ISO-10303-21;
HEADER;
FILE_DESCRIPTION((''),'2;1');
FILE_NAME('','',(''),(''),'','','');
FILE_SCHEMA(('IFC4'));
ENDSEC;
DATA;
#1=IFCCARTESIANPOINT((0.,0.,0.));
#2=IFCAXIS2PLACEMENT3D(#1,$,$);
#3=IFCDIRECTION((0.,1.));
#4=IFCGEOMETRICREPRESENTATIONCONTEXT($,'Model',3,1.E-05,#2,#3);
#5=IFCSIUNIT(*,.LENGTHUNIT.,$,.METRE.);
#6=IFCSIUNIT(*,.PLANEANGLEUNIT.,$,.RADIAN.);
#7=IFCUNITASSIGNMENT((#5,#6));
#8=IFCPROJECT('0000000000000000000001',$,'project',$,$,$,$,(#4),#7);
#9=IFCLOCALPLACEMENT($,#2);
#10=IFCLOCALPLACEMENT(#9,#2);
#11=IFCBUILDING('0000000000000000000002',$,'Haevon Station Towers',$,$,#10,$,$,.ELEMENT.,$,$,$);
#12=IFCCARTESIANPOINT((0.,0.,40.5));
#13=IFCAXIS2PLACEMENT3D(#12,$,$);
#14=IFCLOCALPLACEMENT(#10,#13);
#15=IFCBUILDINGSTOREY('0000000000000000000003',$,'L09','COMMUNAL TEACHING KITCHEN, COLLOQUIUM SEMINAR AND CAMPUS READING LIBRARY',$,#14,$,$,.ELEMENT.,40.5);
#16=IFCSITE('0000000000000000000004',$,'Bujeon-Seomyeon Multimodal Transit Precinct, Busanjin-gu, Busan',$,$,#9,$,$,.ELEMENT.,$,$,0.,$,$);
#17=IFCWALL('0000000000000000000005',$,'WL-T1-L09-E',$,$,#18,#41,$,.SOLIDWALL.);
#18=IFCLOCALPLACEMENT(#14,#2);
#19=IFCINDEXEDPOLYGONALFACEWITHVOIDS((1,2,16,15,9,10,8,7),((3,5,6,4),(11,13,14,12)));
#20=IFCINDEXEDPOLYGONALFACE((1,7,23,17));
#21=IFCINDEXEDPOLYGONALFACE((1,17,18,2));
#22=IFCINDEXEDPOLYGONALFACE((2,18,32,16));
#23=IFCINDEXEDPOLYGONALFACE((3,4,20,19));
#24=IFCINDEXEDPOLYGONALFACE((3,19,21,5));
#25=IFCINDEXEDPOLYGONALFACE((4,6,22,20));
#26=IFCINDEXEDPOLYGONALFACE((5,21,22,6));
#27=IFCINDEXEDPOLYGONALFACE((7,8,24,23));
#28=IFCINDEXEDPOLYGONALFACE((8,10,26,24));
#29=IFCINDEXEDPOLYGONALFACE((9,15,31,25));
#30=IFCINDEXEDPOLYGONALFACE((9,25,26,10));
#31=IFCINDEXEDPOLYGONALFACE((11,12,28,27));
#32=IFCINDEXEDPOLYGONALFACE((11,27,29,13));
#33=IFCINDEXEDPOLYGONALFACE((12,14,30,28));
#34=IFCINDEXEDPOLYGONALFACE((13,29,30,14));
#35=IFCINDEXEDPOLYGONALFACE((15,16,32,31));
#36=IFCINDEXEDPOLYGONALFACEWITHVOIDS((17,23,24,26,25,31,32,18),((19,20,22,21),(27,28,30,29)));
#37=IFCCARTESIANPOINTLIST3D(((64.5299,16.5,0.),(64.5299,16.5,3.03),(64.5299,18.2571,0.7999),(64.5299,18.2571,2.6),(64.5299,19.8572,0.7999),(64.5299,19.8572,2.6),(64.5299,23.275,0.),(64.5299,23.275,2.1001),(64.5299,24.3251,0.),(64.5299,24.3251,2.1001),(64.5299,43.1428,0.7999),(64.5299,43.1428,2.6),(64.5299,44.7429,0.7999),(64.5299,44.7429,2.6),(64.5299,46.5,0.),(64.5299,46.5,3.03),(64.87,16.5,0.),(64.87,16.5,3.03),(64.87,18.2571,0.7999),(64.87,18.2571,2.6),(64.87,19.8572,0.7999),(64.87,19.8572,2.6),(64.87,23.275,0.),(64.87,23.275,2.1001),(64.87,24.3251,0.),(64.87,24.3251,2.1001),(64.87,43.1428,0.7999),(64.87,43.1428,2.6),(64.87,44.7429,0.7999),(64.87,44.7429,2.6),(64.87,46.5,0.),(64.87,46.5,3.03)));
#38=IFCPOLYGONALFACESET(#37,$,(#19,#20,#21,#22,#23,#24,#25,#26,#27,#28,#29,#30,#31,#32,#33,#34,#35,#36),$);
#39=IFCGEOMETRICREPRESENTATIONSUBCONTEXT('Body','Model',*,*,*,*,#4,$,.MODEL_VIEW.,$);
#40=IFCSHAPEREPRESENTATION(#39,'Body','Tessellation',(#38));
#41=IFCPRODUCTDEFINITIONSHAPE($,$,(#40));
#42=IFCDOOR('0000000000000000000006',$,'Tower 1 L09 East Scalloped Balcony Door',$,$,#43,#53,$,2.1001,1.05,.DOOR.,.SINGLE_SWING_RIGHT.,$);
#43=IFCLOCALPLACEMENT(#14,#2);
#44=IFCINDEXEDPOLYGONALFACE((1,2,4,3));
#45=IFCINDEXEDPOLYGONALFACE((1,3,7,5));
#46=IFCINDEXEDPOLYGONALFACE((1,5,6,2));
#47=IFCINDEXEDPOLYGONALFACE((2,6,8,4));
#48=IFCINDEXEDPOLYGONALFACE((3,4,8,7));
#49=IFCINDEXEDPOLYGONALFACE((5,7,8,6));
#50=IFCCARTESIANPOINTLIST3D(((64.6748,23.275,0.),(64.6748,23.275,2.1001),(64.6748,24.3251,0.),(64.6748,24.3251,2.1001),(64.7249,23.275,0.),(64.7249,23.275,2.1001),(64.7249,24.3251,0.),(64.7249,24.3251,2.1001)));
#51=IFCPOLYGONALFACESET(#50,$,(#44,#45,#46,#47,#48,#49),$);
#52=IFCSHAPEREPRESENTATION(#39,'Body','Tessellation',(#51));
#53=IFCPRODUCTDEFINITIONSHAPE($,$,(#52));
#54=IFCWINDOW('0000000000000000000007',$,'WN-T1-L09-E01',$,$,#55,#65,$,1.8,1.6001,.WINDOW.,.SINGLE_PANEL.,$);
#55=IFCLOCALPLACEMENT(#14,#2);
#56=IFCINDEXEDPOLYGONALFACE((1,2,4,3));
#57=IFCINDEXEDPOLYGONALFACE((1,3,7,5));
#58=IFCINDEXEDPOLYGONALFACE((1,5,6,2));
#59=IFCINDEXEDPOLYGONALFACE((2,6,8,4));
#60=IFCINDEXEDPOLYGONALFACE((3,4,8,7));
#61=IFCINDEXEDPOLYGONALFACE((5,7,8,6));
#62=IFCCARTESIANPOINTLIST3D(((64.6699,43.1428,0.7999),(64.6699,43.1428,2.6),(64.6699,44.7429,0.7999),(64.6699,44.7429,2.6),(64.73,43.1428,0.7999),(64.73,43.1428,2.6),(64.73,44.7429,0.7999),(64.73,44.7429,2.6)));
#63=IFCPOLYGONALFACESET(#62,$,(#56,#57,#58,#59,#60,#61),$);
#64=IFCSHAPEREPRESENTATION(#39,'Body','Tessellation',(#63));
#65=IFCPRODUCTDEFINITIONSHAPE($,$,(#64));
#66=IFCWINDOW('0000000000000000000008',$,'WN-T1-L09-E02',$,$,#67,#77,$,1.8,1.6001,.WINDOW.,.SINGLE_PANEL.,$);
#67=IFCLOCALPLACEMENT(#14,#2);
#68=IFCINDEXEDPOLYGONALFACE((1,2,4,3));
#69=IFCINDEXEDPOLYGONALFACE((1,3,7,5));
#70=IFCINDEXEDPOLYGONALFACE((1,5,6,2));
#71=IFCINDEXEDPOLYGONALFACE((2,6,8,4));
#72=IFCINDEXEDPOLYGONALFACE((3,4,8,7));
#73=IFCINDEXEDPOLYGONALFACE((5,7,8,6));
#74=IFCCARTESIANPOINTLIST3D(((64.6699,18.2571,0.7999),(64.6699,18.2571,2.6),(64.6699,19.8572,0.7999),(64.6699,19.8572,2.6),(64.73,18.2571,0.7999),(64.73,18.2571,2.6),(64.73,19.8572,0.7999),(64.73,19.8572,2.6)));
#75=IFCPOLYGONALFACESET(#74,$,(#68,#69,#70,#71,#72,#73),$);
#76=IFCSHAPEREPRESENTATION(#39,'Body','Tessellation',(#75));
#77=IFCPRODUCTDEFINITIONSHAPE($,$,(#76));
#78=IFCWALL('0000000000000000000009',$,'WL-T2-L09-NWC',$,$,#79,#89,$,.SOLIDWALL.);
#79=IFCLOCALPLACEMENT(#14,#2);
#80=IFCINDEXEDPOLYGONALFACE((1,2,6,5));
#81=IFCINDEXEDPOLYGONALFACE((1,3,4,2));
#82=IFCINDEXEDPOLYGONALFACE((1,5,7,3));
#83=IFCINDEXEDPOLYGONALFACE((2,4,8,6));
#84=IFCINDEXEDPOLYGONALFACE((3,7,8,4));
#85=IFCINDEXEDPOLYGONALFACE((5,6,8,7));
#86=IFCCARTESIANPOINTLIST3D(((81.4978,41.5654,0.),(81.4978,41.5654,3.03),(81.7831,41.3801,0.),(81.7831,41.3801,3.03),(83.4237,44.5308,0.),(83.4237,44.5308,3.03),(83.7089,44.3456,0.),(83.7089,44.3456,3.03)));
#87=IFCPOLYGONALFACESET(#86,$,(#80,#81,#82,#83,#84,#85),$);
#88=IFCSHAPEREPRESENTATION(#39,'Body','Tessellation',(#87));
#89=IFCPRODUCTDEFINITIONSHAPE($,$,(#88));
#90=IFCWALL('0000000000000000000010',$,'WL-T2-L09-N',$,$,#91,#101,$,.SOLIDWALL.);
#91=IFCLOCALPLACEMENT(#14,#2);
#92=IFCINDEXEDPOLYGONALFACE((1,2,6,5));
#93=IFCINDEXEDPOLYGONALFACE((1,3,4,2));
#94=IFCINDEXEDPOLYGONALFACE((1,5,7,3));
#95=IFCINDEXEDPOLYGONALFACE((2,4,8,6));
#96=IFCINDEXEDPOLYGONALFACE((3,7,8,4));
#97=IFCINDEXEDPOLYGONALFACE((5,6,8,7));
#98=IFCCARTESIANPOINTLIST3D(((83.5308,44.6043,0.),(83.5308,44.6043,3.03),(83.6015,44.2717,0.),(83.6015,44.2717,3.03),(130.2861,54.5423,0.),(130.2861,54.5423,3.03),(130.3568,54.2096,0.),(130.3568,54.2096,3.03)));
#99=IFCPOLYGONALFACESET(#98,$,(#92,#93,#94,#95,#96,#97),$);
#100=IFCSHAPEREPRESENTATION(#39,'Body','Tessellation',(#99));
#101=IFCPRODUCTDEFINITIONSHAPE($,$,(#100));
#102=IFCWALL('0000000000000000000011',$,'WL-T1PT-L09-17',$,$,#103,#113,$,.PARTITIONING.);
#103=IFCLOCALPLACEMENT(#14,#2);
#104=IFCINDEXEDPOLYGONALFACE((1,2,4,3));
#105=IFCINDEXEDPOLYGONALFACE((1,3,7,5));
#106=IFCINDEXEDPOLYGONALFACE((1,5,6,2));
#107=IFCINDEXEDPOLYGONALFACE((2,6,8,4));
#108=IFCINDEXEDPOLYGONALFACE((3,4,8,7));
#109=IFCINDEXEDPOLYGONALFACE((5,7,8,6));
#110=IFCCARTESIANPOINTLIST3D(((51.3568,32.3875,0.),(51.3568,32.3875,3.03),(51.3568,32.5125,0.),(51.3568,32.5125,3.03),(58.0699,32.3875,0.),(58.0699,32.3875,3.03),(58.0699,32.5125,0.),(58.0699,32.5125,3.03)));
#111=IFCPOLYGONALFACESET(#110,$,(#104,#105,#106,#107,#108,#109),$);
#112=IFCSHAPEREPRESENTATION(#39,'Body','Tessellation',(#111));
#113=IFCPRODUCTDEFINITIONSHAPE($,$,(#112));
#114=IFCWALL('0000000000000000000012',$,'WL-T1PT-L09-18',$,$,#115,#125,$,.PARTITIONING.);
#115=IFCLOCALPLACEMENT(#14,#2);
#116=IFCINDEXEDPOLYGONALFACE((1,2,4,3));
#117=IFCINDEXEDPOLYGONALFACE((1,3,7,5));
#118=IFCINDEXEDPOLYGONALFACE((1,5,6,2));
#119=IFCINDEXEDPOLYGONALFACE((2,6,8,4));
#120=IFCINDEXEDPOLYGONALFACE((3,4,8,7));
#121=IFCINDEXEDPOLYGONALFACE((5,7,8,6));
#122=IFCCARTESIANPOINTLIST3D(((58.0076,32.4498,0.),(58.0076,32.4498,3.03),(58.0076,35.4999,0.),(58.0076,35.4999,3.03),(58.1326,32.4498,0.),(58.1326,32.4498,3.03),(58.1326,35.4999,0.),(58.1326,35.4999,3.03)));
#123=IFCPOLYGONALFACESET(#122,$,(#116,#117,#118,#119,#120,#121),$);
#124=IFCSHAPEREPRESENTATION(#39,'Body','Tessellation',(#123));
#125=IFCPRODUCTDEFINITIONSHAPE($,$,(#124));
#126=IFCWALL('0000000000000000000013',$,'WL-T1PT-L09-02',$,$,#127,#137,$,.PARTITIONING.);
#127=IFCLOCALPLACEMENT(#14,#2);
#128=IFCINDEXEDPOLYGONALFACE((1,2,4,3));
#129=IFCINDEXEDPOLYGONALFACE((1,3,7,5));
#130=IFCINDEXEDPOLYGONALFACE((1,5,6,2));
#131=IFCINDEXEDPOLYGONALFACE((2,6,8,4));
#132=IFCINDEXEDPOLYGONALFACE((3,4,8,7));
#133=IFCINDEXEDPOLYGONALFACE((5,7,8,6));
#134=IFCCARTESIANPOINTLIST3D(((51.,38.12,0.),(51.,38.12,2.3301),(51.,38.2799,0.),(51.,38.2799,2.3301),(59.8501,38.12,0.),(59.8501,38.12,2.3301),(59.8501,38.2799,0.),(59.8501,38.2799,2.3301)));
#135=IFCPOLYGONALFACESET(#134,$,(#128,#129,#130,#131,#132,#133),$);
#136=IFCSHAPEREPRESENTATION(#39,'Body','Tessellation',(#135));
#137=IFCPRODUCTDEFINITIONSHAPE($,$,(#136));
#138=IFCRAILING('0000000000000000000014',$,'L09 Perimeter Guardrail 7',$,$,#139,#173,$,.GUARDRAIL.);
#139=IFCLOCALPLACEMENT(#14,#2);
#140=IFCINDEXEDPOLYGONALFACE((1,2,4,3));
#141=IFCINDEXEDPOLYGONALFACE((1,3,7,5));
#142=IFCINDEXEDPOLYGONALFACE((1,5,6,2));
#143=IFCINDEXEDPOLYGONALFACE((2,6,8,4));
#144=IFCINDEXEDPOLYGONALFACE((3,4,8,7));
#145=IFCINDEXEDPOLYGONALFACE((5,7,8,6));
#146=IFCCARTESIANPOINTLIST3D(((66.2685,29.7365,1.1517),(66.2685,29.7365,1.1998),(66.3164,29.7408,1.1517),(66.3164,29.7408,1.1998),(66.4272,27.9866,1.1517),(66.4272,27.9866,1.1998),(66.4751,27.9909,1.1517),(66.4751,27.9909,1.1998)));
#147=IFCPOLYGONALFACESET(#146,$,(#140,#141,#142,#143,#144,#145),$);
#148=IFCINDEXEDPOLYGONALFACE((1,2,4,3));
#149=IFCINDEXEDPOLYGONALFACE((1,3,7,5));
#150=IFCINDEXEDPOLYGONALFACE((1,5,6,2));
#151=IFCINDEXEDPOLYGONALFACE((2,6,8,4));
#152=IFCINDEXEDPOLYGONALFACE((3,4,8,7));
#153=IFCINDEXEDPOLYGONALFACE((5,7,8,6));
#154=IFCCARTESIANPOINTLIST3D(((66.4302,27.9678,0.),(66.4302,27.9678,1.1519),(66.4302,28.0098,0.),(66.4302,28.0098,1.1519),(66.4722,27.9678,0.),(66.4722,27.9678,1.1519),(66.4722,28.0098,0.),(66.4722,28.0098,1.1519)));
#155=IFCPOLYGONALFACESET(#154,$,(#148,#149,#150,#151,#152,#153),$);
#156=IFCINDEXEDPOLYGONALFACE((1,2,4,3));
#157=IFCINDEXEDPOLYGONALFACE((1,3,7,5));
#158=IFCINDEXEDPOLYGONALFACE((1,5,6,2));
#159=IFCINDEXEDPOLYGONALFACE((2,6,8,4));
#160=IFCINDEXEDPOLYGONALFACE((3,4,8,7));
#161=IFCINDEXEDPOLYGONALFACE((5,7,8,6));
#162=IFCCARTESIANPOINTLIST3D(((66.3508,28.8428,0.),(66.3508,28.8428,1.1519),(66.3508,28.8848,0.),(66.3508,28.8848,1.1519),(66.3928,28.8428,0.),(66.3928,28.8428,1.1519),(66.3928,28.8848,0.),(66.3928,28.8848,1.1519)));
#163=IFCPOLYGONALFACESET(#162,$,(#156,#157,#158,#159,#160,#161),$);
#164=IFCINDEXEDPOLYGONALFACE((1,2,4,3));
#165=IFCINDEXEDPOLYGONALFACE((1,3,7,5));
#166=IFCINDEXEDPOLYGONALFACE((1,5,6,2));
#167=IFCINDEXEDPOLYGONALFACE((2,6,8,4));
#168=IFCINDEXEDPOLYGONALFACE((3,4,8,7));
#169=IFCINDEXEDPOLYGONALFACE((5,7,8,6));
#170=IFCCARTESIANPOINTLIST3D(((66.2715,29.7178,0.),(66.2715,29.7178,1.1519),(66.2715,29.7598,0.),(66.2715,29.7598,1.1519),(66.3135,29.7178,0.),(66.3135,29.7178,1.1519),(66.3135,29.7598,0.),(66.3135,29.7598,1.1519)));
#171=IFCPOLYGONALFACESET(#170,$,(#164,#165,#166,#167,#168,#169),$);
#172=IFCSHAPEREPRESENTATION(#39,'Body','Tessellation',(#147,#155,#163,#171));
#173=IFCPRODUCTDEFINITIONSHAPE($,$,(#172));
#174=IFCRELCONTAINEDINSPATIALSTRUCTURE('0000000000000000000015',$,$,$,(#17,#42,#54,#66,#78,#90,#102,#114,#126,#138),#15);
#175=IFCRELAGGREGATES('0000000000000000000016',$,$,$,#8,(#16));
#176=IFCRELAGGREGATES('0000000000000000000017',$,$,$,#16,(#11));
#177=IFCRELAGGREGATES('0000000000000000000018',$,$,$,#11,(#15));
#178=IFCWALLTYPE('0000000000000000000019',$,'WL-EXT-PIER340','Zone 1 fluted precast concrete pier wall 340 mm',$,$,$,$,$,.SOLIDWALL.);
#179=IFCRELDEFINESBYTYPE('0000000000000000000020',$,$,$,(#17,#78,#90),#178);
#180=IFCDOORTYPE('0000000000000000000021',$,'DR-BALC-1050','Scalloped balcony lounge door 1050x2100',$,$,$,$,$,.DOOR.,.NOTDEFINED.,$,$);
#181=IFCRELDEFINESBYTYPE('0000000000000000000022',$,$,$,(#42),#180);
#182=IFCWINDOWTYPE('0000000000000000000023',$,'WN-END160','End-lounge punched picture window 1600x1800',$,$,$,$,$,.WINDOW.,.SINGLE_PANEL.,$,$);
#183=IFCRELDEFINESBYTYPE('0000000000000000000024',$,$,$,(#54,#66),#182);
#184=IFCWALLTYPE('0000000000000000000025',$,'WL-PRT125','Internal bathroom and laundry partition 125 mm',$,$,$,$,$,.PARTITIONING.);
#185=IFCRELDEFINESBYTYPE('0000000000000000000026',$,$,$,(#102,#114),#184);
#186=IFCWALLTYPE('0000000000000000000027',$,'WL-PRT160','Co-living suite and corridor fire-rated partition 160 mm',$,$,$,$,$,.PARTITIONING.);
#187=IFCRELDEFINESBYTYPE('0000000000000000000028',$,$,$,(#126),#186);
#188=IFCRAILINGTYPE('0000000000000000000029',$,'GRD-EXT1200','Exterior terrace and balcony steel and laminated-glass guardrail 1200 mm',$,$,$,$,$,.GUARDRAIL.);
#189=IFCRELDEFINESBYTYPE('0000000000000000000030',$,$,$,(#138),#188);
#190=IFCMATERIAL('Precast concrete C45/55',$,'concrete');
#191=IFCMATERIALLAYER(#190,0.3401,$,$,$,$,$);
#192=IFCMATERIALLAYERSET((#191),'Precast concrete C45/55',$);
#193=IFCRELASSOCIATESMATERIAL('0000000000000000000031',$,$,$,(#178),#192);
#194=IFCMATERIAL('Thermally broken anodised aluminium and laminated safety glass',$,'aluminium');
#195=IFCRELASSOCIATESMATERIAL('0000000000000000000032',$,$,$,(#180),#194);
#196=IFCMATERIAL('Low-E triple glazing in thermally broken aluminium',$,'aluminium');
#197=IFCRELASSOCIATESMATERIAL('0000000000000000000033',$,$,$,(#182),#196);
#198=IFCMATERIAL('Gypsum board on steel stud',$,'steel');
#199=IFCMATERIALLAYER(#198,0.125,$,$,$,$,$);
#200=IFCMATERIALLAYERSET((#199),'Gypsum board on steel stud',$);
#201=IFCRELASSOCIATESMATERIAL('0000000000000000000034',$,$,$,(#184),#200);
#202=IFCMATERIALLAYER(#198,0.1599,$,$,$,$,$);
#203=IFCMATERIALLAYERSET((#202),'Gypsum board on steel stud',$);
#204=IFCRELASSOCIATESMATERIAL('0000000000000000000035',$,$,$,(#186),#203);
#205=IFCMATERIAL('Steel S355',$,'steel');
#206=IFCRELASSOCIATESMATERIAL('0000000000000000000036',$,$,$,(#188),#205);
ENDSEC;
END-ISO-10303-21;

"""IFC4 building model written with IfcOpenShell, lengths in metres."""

from ifc_helpers import new_model, si_unit, direction, frame, frame_2d, origin, origin_2d, place, context, subcontext, project, spatial, rectangle, extrude, material, layer, layer_set, type_object, element, fill, save


model = new_model("IFC4")

# Units and contexts
model_context = context("Model", 3, precision=1e-05, world=origin(), true_north=direction((0.0, 1.0)))
body_context = subcontext(model_context, "Body", "Model", "MODEL_VIEW")
ifc_project = project(units=[si_unit("LENGTHUNIT", "METRE"), si_unit("PLANEANGLEUNIT", "RADIAN")], contexts=[model_context])

# Site, building, storey
site_placement = place(None, origin())
site = spatial("IfcSite", under=ifc_project, at=site_placement, Name="Bujeon-Seomyeon Multimodal Transit Precinct, Busanjin-gu, Busan", CompositionType="ELEMENT", RefElevation=0.0)
building_placement = place(site_placement, origin())
building = spatial("IfcBuilding", under=site, at=building_placement, Name="Haevon Station Towers", CompositionType="ELEMENT")
storey_placement = place(building_placement, frame((0.0, 0.0, 40.5)))
storey = spatial("IfcBuildingStorey", under=building, at=storey_placement, Name="L09", Description="COMMUNAL TEACHING KITCHEN, COLLOQUIUM SEMINAR AND CAMPUS READING LIBRARY", CompositionType="ELEMENT", Elevation=40.5)

# Shared definitions
ifc_material_1 = material(Name="Steel S355", Category="steel")

# Shared definitions
ifc_material_2 = material(Name="Precast concrete C45/55", Category="concrete")
ifc_layer_1 = layer(ifc_material_2, 0.3401)
ifc_layer_set_1 = layer_set([ifc_layer_1], Name="Precast concrete C45/55")
wall_type_1 = type_object("IfcWallType", Name="WL-EXT-PIER340", Description="Zone 1 fluted precast concrete pier wall 340 mm", PredefinedType="SOLIDWALL", material=ifc_layer_set_1)

# Wall, openings, door, windows
wall_1_placement = place(storey_placement, frame((64.7, 46.5, 0.0), z_axis=(0.0, 0.0, 1.0), x_axis=(0.0, -1.0, 0.0)))
wall_1 = element("IfcWall", 1, at=wall_1_placement, inside=storey, type_object=wall_type_1, Name="WL-T1-L09-E", PredefinedType="SOLIDWALL", context=body_context, shape_type="SweptSolid", body=[
    extrude(rectangle(XDim=30.0, YDim=0.3401, at=frame_2d((15.0, 0.0))), origin(), (0.0, 0.0, 1.0), 3.03),
])
opening_1_placement = place(wall_1_placement, frame((22.175, 0.0, 0.0)))
opening_1 = element("IfcOpeningElement", 2, at=opening_1_placement, cuts=wall_1, PredefinedType="OPENING", context=body_context, shape_type="SweptSolid", body=[
    extrude(rectangle(XDim=1.05, YDim=2.1001, at=frame_2d((0.5249, 1.05))), frame((0.0, 0.1799, 0.0), z_axis=(0.0, -1.0, 0.0), x_axis=(1.0, 0.0, 0.0)), (0.0, 0.0, 1.0), 0.3601),
])
opening_2_placement = place(wall_1_placement, frame((1.7571, 0.0, 0.8)))
opening_2 = element("IfcOpeningElement", 3, at=opening_2_placement, cuts=wall_1, PredefinedType="OPENING", context=body_context, shape_type="SweptSolid", body=[
    extrude(rectangle(XDim=1.6001, YDim=1.8, at=frame_2d((0.8, 0.8999))), frame((0.0, 0.1799, 0.0), z_axis=(0.0, -1.0, 0.0), x_axis=(1.0, 0.0, 0.0)), (0.0, 0.0, 1.0), 0.3601),
])
opening_3_placement = place(wall_1_placement, frame((26.6428, 0.0, 0.8)))
opening_3 = element("IfcOpeningElement", 4, at=opening_3_placement, cuts=wall_1, PredefinedType="OPENING", context=body_context, shape_type="SweptSolid", body=[
    extrude(rectangle(XDim=1.6001, YDim=1.8, at=frame_2d((0.8, 0.8999))), frame((0.0, 0.1799, 0.0), z_axis=(0.0, -1.0, 0.0), x_axis=(1.0, 0.0, 0.0)), (0.0, 0.0, 1.0), 0.3601),
])
ifc_material_3 = material(Name="Thermally broken anodised aluminium and laminated safety glass", Category="aluminium")
door_type = type_object("IfcDoorType", Name="DR-BALC-1050", Description="Scalloped balcony lounge door 1050x2100", OperationType="NOTDEFINED", PredefinedType="DOOR", material=ifc_material_3)
door_placement = place(opening_1_placement, origin())
door = element("IfcDoor", 5, at=door_placement, inside=storey, type_object=door_type, Name="Tower 1 L09 East Scalloped Balcony Door", OperationType="SINGLE_SWING_RIGHT", OverallHeight=2.1001, OverallWidth=1.05, PredefinedType="DOOR", context=body_context, shape_type="SweptSolid", body=[
    extrude(rectangle(XDim=1.05, YDim=2.1001, at=frame_2d((0.5249, 1.05))), frame((0.0, 0.0249, 0.0), z_axis=(0.0, -1.0, 0.0), x_axis=(1.0, 0.0, 0.0)), (0.0, 0.0, 1.0), 0.05),
])
fill(opening_1, door)
ifc_material_4 = material(Name="Low-E triple glazing in thermally broken aluminium", Category="aluminium")
window_type = type_object("IfcWindowType", Name="WN-END160", Description="End-lounge punched picture window 1600x1800", PartitioningType="SINGLE_PANEL", PredefinedType="WINDOW", material=ifc_material_4)
window_1_placement = place(opening_2_placement, origin())
window_1 = element("IfcWindow", 6, at=window_1_placement, inside=storey, type_object=window_type, Name="WN-T1-L09-E01", OverallHeight=1.8, OverallWidth=1.6001, PartitioningType="SINGLE_PANEL", PredefinedType="WINDOW", context=body_context, shape_type="SweptSolid", body=[
    extrude(rectangle(XDim=1.6001, YDim=1.8, at=frame_2d((0.8, 0.8999))), frame((0.0, 0.03, 0.0), z_axis=(0.0, -1.0, 0.0), x_axis=(1.0, 0.0, 0.0)), (0.0, 0.0, 1.0), 0.0601),
])
fill(opening_2, window_1)
window_2_placement = place(opening_3_placement, origin())
window_2 = element("IfcWindow", 7, at=window_2_placement, inside=storey, type_object=window_type, Name="WN-T1-L09-E02", OverallHeight=1.8, OverallWidth=1.6001, PartitioningType="SINGLE_PANEL", PredefinedType="WINDOW", context=body_context, shape_type="SweptSolid", body=[
    extrude(rectangle(XDim=1.6001, YDim=1.8, at=frame_2d((0.8, 0.8999))), frame((0.0, 0.03, 0.0), z_axis=(0.0, -1.0, 0.0), x_axis=(1.0, 0.0, 0.0)), (0.0, 0.0, 1.0), 0.0601),
])
fill(opening_3, window_2)

# Walls
wall_2_placement = place(storey_placement, frame((81.6404, 41.4727, 0.0), z_axis=(0.0, 0.0, 1.0), x_axis=(0.544653, 0.838661, 0.0)))
element("IfcWall", 8, at=wall_2_placement, inside=storey, type_object=wall_type_1, Name="WL-T2-L09-NWC", PredefinedType="SOLIDWALL", context=body_context, shape_type="SweptSolid", body=[
    extrude(rectangle(XDim=3.5359, YDim=0.3401, at=frame_2d((1.7681, 0.0))), origin(), (0.0, 0.0, 1.0), 3.03),
])
wall_3_placement = place(storey_placement, frame((83.5662, 44.438, 0.0), z_axis=(0.0, 0.0, 1.0), x_axis=(0.978148, 0.207908, 0.0)))
element("IfcWall", 9, at=wall_3_placement, inside=storey, type_object=wall_type_1, Name="WL-T2-L09-N", PredefinedType="SOLIDWALL", context=body_context, shape_type="SweptSolid", body=[
    extrude(rectangle(XDim=47.7998, YDim=0.3401, at=frame_2d((23.8999, 0.0))), origin(), (0.0, 0.0, 1.0), 3.03),
])
ifc_material_5 = material(Name="Gypsum board on steel stud", Category="steel")
ifc_layer_2 = layer(ifc_material_5, 0.125)
ifc_layer_set_2 = layer_set([ifc_layer_2], Name="Gypsum board on steel stud")
wall_type_2 = type_object("IfcWallType", Name="WL-PRT125", Description="Internal bathroom and laundry partition 125 mm", PredefinedType="PARTITIONING", material=ifc_layer_set_2)
wall_4_placement = place(storey_placement, frame((51.3569, 32.45, 0.0), z_axis=(0.0, 0.0, 1.0), x_axis=(1.0, 0.0, 0.0)))
element("IfcWall", 10, at=wall_4_placement, inside=storey, type_object=wall_type_2, Name="WL-T1PT-L09-17", PredefinedType="PARTITIONING", context=body_context, shape_type="SweptSolid", body=[
    extrude(rectangle(XDim=6.7131, YDim=0.125, at=frame_2d((3.3564, 0.0))), origin(), (0.0, 0.0, 1.0), 3.03),
])
wall_5_placement = place(storey_placement, frame((58.0701, 32.45, 0.0), z_axis=(0.0, 0.0, 1.0), x_axis=(0.0, 1.0, 0.0)))
element("IfcWall", 11, at=wall_5_placement, inside=storey, type_object=wall_type_2, Name="WL-T1PT-L09-18", PredefinedType="PARTITIONING", context=body_context, shape_type="SweptSolid", body=[
    extrude(rectangle(XDim=3.05, YDim=0.125, at=frame_2d((1.5249, 0.0))), origin(), (0.0, 0.0, 1.0), 3.03),
])
ifc_layer_3 = layer(ifc_material_5, 0.1599)
ifc_layer_set_3 = layer_set([ifc_layer_3], Name="Gypsum board on steel stud")
wall_type_3 = type_object("IfcWallType", Name="WL-PRT160", Description="Co-living suite and corridor fire-rated partition 160 mm", PredefinedType="PARTITIONING", material=ifc_layer_set_3)
wall_6_placement = place(storey_placement, frame((51.0, 38.2, 0.0), z_axis=(0.0, 0.0, 1.0), x_axis=(1.0, 0.0, 0.0)))
element("IfcWall", 12, at=wall_6_placement, inside=storey, type_object=wall_type_3, Name="WL-T1PT-L09-02", PredefinedType="PARTITIONING", context=body_context, shape_type="SweptSolid", body=[
    extrude(rectangle(XDim=8.8501, YDim=0.1599, at=frame_2d((4.425, 0.0))), origin(), (0.0, 0.0, 1.0), 2.3301),
])

# Railing
railing_type = type_object("IfcRailingType", Name="GRD-EXT1200", Description="Exterior terrace and balcony steel and laminated-glass guardrail 1200 mm", PredefinedType="GUARDRAIL", material=ifc_material_1)
railing_1_placement = place(storey_placement, frame((66.4512, 27.9888, 0.0)))
element("IfcRailing", 13, at=railing_1_placement, inside=storey, type_object=railing_type, Name="L09 Perimeter Guardrail 7", PredefinedType="GUARDRAIL", context=body_context, shape_type="SweptSolid", body=[
    extrude(rectangle(XDim=0.0481, YDim=0.0481, at=origin_2d()), frame((0.0, 0.0, 1.1758), z_axis=(-0.09031, 0.995914, 0.0), x_axis=(-0.995914, -0.09031, 0.0)), (0.0, 0.0, 1.0), 1.7571),
    extrude(rectangle(XDim=0.042, YDim=0.042, at=origin_2d()), origin(), (0.0, 0.0, 1.0), 1.1519),
    extrude(rectangle(XDim=0.042, YDim=0.042, at=origin_2d()), frame((-0.0793, 0.875, 0.0)), (0.0, 0.0, 1.0), 1.1519),
    extrude(rectangle(XDim=0.042, YDim=0.042, at=origin_2d()), frame((-0.1587, 1.75, 0.0)), (0.0, 0.0, 1.0), 1.1519),
])

save(model, "model.ifc")
